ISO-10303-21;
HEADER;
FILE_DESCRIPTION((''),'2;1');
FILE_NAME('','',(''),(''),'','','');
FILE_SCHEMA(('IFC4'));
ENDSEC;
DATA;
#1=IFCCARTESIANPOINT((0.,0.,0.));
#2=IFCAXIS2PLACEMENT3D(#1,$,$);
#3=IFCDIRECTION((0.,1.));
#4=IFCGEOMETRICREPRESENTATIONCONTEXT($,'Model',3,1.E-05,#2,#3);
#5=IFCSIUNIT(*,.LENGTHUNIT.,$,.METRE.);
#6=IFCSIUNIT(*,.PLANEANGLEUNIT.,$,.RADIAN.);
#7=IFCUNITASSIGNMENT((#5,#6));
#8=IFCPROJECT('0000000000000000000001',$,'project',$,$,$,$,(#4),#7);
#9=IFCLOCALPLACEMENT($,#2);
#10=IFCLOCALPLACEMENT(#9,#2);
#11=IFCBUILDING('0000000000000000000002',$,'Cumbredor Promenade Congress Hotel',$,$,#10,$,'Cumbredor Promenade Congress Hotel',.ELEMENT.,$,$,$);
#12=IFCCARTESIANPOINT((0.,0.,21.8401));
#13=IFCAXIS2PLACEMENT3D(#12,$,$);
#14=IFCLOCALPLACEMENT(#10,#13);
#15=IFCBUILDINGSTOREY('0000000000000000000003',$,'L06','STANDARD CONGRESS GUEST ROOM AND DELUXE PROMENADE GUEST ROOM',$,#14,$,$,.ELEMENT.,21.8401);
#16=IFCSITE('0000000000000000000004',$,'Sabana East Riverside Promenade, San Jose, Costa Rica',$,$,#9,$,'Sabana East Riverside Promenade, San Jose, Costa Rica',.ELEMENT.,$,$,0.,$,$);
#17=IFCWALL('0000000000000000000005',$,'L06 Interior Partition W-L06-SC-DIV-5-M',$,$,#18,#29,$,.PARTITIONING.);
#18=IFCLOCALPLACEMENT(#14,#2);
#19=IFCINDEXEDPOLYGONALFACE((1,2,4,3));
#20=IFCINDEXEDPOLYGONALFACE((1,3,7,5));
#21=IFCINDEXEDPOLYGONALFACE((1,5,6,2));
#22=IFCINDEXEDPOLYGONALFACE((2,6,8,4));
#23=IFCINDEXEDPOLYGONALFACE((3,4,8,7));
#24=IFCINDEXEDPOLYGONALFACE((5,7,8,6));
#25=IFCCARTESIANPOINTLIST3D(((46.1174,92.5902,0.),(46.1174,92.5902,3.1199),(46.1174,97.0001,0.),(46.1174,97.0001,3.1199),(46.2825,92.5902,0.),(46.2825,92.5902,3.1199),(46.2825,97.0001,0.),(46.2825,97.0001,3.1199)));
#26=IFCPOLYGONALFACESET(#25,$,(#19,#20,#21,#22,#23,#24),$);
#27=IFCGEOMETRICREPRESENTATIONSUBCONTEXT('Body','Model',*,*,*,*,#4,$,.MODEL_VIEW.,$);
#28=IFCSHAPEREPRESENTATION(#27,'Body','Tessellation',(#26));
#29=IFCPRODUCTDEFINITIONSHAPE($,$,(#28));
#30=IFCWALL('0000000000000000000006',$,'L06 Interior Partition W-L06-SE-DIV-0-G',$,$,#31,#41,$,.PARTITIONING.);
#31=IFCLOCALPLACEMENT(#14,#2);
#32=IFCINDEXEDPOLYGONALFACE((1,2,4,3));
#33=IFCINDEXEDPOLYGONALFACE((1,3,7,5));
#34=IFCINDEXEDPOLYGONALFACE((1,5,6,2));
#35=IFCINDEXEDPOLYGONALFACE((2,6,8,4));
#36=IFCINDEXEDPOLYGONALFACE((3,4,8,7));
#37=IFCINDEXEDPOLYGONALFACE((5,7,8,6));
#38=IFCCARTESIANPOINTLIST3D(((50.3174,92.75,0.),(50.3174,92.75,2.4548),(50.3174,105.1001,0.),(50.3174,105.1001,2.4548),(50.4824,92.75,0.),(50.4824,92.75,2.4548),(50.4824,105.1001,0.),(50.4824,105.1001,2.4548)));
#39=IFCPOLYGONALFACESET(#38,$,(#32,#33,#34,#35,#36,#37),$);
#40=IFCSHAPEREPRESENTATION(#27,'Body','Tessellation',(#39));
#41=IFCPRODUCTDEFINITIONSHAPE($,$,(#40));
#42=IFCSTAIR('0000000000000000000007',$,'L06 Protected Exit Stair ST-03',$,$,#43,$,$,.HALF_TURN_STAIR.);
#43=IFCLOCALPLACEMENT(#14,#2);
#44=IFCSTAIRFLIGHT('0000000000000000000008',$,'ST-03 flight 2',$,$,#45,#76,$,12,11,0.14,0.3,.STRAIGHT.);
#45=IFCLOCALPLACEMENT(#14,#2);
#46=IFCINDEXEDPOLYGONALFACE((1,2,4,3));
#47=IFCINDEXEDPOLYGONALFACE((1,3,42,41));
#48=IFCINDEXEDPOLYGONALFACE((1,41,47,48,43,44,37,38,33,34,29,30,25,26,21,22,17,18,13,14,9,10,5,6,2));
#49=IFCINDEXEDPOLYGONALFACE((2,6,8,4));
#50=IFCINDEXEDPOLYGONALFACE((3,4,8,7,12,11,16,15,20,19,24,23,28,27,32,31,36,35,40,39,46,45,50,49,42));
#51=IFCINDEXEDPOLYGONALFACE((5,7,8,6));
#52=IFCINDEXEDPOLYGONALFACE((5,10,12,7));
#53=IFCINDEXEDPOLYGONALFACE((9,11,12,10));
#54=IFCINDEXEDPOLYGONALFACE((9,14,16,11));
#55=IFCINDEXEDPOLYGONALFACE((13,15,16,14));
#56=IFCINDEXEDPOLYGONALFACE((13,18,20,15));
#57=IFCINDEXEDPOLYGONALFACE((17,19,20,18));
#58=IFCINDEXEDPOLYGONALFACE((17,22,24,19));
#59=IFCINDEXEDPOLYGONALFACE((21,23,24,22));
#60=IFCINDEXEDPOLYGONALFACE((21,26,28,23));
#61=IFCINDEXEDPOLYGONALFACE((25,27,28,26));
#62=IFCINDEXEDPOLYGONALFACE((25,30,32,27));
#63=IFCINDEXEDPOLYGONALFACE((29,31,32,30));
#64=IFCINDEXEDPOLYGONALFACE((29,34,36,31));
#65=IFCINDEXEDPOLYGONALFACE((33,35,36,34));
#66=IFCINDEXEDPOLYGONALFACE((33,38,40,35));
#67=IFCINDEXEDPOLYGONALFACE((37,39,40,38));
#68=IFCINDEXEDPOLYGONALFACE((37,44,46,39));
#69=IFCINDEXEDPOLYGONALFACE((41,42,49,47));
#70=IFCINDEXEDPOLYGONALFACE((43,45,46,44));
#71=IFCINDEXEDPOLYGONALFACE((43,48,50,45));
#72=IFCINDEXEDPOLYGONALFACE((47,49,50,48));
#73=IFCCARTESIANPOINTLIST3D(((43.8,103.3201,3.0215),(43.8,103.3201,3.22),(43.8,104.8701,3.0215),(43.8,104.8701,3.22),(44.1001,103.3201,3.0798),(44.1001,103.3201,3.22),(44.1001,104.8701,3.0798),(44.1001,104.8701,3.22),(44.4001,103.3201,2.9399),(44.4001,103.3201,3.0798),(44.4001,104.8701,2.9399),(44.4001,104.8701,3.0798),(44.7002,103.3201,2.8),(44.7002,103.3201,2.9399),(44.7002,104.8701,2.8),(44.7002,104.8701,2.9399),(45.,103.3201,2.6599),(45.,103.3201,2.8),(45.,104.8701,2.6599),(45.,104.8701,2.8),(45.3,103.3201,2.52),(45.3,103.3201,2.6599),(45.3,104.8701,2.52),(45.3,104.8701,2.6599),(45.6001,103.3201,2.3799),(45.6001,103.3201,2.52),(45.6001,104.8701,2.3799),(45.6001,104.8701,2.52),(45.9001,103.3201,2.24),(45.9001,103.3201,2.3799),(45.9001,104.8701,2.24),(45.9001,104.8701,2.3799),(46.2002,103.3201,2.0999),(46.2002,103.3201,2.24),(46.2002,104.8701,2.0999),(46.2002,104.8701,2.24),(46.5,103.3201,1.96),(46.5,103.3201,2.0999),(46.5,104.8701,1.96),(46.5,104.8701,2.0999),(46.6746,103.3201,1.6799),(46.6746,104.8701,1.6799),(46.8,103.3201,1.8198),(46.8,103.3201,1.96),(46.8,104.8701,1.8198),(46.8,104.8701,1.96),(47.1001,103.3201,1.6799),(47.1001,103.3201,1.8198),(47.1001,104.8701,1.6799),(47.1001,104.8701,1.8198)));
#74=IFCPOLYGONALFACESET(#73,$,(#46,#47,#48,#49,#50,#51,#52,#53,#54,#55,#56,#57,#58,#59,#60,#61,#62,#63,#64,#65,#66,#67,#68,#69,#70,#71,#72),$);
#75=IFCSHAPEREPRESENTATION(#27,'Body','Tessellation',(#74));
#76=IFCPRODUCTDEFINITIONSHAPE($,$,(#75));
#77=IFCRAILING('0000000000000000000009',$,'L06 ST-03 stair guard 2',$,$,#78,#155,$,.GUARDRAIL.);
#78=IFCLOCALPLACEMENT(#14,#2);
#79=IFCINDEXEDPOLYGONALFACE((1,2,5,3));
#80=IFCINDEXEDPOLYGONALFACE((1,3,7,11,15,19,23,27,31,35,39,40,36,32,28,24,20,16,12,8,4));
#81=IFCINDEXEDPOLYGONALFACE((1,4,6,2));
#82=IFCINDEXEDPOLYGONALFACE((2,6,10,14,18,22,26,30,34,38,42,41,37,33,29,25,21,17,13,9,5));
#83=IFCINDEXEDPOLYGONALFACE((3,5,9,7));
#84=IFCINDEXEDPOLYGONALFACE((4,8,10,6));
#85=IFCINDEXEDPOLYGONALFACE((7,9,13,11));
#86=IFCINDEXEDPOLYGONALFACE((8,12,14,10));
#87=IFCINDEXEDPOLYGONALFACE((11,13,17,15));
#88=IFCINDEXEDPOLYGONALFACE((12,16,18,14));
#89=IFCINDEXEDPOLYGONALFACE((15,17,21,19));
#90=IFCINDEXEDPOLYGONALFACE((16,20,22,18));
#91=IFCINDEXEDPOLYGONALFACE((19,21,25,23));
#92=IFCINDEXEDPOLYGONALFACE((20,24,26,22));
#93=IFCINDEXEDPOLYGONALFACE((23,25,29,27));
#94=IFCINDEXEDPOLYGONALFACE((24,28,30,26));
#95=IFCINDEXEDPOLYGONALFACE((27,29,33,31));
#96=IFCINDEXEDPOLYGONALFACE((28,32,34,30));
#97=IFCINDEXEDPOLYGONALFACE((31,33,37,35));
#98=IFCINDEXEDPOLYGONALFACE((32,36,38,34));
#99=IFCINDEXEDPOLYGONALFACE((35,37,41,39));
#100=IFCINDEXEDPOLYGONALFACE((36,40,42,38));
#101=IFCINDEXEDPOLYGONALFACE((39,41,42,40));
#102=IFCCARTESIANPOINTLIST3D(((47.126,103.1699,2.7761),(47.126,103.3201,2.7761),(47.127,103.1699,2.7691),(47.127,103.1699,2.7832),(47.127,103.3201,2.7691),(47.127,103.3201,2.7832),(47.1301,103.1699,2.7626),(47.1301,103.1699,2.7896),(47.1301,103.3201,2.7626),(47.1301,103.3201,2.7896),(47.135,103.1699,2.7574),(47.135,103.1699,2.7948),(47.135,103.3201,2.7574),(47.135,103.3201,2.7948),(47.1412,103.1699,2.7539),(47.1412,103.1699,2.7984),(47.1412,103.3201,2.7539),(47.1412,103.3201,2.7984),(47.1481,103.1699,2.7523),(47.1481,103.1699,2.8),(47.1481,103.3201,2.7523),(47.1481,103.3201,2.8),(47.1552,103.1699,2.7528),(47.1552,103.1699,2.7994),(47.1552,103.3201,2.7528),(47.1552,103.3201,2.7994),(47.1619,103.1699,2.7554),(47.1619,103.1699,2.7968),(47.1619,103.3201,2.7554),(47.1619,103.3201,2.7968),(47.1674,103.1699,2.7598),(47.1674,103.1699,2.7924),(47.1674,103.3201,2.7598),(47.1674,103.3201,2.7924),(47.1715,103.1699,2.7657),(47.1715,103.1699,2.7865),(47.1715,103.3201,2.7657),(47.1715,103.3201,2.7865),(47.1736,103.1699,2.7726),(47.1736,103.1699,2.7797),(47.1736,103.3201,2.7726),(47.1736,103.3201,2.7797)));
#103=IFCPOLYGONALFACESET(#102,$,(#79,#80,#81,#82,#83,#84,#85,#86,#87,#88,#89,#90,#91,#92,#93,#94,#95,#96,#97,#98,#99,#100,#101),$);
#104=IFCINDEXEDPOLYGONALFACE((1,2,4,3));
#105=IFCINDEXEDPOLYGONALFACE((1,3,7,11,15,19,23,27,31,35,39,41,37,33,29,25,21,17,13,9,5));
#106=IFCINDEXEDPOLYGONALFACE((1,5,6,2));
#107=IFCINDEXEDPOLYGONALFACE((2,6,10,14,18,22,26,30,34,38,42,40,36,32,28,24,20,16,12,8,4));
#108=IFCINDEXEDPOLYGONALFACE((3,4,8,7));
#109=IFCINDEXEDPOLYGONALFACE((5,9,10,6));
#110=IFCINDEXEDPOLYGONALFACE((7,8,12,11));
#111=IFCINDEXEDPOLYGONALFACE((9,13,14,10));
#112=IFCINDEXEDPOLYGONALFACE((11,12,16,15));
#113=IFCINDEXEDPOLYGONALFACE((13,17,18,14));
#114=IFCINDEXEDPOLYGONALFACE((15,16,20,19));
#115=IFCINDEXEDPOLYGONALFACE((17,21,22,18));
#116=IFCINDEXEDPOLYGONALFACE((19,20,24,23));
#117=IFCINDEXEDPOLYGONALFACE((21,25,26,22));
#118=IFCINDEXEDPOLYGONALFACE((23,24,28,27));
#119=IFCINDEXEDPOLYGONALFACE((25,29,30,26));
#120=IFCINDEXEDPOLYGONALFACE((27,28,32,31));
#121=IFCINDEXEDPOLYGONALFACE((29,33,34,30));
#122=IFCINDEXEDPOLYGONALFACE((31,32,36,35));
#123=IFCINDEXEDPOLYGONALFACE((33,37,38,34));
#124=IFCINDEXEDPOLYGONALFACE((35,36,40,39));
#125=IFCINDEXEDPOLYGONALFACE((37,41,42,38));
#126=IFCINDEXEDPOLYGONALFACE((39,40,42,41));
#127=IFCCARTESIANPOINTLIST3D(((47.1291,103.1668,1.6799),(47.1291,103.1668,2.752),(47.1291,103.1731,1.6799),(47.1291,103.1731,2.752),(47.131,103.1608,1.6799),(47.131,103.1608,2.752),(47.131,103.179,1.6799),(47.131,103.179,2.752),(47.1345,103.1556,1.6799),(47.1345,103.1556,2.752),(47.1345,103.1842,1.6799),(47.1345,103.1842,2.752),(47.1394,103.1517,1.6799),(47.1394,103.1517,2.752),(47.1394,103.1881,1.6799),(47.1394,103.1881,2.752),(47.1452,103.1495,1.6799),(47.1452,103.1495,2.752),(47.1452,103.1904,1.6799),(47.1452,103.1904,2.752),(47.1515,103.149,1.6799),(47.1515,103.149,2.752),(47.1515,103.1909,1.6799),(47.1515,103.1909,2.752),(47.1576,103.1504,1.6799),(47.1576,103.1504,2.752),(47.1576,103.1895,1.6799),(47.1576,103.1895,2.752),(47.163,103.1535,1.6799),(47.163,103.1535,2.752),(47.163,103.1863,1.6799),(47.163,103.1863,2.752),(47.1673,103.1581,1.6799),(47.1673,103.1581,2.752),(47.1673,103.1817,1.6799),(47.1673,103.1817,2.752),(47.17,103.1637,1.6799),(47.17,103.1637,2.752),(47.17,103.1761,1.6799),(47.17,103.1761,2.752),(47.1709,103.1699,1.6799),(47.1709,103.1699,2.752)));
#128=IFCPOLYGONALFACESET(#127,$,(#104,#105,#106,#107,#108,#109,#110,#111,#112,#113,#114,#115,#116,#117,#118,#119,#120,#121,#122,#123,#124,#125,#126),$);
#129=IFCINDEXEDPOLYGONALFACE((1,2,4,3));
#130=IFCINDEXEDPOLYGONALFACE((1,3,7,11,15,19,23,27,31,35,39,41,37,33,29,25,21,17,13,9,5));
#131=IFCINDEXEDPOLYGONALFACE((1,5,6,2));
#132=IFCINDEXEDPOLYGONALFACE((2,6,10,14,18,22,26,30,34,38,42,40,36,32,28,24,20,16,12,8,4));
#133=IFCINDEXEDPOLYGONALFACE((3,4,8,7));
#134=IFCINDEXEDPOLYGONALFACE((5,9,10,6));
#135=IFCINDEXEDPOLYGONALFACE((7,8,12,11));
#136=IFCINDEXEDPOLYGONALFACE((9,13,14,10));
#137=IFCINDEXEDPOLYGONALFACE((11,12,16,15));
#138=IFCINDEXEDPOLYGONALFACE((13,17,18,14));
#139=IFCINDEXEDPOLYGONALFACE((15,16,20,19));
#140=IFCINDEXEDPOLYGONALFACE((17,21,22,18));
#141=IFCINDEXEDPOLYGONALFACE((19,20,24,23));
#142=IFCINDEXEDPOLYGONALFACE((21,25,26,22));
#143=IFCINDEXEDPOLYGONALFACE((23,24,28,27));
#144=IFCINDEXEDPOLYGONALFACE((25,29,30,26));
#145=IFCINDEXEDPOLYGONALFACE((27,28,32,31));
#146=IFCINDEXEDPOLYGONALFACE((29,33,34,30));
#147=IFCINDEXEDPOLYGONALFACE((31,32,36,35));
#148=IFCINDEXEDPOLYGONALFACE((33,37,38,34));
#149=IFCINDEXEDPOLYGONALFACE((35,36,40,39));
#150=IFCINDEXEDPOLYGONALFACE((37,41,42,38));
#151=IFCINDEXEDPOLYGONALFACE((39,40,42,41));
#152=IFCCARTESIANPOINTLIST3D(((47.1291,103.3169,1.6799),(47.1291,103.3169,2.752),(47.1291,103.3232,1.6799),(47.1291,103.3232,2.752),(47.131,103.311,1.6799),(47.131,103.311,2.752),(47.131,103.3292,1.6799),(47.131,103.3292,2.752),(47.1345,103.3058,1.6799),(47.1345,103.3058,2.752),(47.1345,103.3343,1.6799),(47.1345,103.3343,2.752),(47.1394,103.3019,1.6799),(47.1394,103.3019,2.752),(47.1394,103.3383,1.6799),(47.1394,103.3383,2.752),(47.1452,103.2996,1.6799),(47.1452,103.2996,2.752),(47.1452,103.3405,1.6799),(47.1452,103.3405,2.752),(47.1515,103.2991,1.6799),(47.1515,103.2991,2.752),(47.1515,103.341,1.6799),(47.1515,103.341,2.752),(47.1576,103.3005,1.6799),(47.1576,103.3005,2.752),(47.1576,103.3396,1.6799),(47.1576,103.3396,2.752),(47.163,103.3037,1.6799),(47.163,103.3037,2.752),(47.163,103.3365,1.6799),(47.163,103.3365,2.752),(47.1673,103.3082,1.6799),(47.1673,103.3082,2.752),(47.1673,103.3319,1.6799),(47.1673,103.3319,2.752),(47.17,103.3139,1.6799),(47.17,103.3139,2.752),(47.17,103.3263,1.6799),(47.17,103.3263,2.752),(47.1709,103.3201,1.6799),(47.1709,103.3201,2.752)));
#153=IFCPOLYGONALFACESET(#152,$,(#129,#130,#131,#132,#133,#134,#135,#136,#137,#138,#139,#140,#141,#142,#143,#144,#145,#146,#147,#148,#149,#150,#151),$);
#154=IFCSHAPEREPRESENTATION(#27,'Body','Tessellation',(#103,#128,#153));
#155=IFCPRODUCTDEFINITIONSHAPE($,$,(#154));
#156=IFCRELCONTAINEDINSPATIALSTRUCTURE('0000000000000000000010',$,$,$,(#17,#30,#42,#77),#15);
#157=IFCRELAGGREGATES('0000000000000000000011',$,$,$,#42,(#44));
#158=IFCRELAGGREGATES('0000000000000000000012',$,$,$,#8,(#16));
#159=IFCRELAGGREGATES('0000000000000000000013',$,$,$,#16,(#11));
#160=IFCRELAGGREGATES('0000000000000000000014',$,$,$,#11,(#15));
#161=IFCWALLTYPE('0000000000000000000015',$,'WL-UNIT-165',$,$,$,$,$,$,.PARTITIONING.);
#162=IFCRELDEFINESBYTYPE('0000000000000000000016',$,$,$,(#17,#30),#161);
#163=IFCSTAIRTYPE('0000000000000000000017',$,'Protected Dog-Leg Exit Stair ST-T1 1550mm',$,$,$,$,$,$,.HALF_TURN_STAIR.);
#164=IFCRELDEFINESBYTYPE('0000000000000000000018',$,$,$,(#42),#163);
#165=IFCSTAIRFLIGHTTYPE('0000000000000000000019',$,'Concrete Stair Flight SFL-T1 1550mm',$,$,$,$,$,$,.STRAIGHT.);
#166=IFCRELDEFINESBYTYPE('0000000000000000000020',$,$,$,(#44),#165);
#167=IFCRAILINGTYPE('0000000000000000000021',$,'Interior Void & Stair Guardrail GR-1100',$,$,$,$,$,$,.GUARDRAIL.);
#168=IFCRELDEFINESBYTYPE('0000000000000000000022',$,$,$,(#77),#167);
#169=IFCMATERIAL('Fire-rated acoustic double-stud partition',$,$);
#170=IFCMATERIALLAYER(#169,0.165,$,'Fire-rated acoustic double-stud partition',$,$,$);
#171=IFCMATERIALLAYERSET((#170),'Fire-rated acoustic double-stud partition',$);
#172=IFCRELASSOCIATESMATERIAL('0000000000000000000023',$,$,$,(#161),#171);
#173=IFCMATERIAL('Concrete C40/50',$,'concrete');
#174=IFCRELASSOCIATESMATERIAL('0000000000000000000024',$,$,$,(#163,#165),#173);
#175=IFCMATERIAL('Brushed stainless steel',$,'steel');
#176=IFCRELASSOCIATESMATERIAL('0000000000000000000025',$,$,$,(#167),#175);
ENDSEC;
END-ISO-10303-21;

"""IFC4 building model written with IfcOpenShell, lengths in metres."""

from ifc_helpers import new_model, si_unit, direction, frame, frame_2d, origin, origin_2d, place, context, subcontext, project, spatial, polyline, rectangle, circle, outline, extrude, material, layer, layer_set, type_object, element, aggregate, save


model = new_model("IFC4")

# Units and contexts
model_context = context("Model", 3, precision=1e-05, world=origin(), true_north=direction((0.0, 1.0)))
body_context = subcontext(model_context, "Body", "Model", "MODEL_VIEW")
ifc_project = project(units=[si_unit("LENGTHUNIT", "METRE"), si_unit("PLANEANGLEUNIT", "RADIAN")], contexts=[model_context])

# Site, building, storey
site_placement = place(None, origin())
site = spatial("IfcSite", under=ifc_project, at=site_placement, Name="Sabana East Riverside Promenade, San Jose, Costa Rica", LongName="Sabana East Riverside Promenade, San Jose, Costa Rica", CompositionType="ELEMENT", RefElevation=0.0)
building_placement = place(site_placement, origin())
building = spatial("IfcBuilding", under=site, at=building_placement, Name="Cumbredor Promenade Congress Hotel", LongName="Cumbredor Promenade Congress Hotel", CompositionType="ELEMENT")
storey_placement = place(building_placement, frame((0.0, 0.0, 21.8401)))
storey = spatial("IfcBuildingStorey", under=building, at=storey_placement, Name="L06", Description="STANDARD CONGRESS GUEST ROOM AND DELUXE PROMENADE GUEST ROOM", CompositionType="ELEMENT", Elevation=21.8401)

# Shared definitions
ifc_material_1 = material(Name="Concrete C40/50", Category="concrete")

# Walls
ifc_material_2 = material(Name="Fire-rated acoustic double-stud partition")
ifc_layer_1 = layer(ifc_material_2, 0.165, Name="Fire-rated acoustic double-stud partition")
ifc_layer_set_1 = layer_set([ifc_layer_1], Name="Fire-rated acoustic double-stud partition")
wall_type_1 = type_object("IfcWallType", Name="WL-UNIT-165", PredefinedType="PARTITIONING", material=ifc_layer_set_1)
wall_1_placement = place(storey_placement, frame((46.2, 92.5901, 0.0), z_axis=(0.0, 0.0, 1.0), x_axis=(0.0, 1.0, 0.0)))
element("IfcWall", 1, at=wall_1_placement, inside=storey, type_object=wall_type_1, Name="L06 Interior Partition W-L06-SC-DIV-5-M", PredefinedType="PARTITIONING", context=body_context, shape_type="SweptSolid", body=[
    extrude(rectangle(XDim=4.4099, YDim=0.165, at=frame_2d((2.2051, 0.0))), origin(), (0.0, 0.0, 1.0), 3.1199),
])
wall_2_placement = place(storey_placement, frame((50.3999, 92.75, 0.0), z_axis=(0.0, 0.0, 1.0), x_axis=(0.0, 1.0, 0.0)))
element("IfcWall", 2, at=wall_2_placement, inside=storey, type_object=wall_type_1, Name="L06 Interior Partition W-L06-SE-DIV-0-G", PredefinedType="PARTITIONING", context=body_context, shape_type="SweptSolid", body=[
    extrude(rectangle(XDim=12.3501, YDim=0.165, at=frame_2d((6.175, 0.0))), origin(), (0.0, 0.0, 1.0), 2.4548),
])

# Stair, stair flight
stair_type = type_object("IfcStairType", Name="Protected Dog-Leg Exit Stair ST-T1 1550mm", PredefinedType="HALF_TURN_STAIR", material=ifc_material_1)
stair_placement = place(storey_placement, origin())
stair = element("IfcStair", 3, at=stair_placement, inside=storey, type_object=stair_type, Name="L06 Protected Exit Stair ST-03", PredefinedType="HALF_TURN_STAIR")
stair_flight_type = type_object("IfcStairFlightType", Name="Concrete Stair Flight SFL-T1 1550mm", PredefinedType="STRAIGHT", material=ifc_material_1)
stair_flight_placement = place(storey_placement, frame((47.1001, 104.095, 1.6799), z_axis=(0.0, 0.0, 1.0), x_axis=(-1.0, 0.0, 0.0)))
stair_flight = element("IfcStairFlight", 4, at=stair_flight_placement, type_object=stair_flight_type, Name="ST-03 flight 2", NumberOfRisers=12, NumberOfTreads=11, PredefinedType="STRAIGHT", RiserHeight=0.14, TreadLength=0.3, context=body_context, shape_type="SweptSolid", body=[
    extrude(outline(polyline([(0.0, 0.0), (0.0, 0.1399), (0.3, 0.1399), (0.3, 0.28), (0.6001, 0.28), (0.6001, 0.4199), (0.8999, 0.4199), (0.8999, 0.5601), (1.2, 0.5601), (1.2, 0.7), (1.5, 0.7), (1.5, 0.8401), (1.8, 0.8401), (1.8, 0.98), (2.1001, 0.98), (2.1001, 1.1201), (2.3999, 1.1201), (2.3999, 1.26), (2.7, 1.26), (2.7, 1.3999), (3.0, 1.3999), (3.0, 1.54), (3.3, 1.54), (3.3, 1.6799), (3.3, 1.3416), (0.4255, 0.0), (0.0, 0.0)])), frame((0.0, 0.7749, 0.0), z_axis=(0.0, -1.0, 0.0), x_axis=(1.0, 0.0, 0.0)), (0.0, 0.0, 1.0), 1.55),
])
aggregate(stair, [stair_flight])

# Railing
ifc_material_3 = material(Name="Brushed stainless steel", Category="steel")
railing_type_1 = type_object("IfcRailingType", Name="Interior Void & Stair Guardrail GR-1100", PredefinedType="GUARDRAIL", material=ifc_material_3)
railing_1_placement = place(storey_placement, frame((47.1499, 103.1699, 1.6799)))
element("IfcRailing", 5, at=railing_1_placement, inside=storey, type_object=railing_type_1, Name="L06 ST-03 stair guard 2", PredefinedType="GUARDRAIL", context=body_context, shape_type="SweptSolid", body=[
    extrude(circle(Radius=0.0239, at=origin_2d()), frame((0.0, 0.0, 1.0962), z_axis=(0.0, 1.0, 0.0), x_axis=(-1.0, 0.0, 0.0)), (0.0, 0.0, 1.0), 0.1501),
    extrude(circle(Radius=0.021, at=origin_2d()), origin(), (0.0, 0.0, 1.0), 1.072),
    extrude(circle(Radius=0.021, at=origin_2d()), frame((0.0, 0.1501, 0.0)), (0.0, 0.0, 1.0), 1.072),
])

save(model, "model.ifc")
